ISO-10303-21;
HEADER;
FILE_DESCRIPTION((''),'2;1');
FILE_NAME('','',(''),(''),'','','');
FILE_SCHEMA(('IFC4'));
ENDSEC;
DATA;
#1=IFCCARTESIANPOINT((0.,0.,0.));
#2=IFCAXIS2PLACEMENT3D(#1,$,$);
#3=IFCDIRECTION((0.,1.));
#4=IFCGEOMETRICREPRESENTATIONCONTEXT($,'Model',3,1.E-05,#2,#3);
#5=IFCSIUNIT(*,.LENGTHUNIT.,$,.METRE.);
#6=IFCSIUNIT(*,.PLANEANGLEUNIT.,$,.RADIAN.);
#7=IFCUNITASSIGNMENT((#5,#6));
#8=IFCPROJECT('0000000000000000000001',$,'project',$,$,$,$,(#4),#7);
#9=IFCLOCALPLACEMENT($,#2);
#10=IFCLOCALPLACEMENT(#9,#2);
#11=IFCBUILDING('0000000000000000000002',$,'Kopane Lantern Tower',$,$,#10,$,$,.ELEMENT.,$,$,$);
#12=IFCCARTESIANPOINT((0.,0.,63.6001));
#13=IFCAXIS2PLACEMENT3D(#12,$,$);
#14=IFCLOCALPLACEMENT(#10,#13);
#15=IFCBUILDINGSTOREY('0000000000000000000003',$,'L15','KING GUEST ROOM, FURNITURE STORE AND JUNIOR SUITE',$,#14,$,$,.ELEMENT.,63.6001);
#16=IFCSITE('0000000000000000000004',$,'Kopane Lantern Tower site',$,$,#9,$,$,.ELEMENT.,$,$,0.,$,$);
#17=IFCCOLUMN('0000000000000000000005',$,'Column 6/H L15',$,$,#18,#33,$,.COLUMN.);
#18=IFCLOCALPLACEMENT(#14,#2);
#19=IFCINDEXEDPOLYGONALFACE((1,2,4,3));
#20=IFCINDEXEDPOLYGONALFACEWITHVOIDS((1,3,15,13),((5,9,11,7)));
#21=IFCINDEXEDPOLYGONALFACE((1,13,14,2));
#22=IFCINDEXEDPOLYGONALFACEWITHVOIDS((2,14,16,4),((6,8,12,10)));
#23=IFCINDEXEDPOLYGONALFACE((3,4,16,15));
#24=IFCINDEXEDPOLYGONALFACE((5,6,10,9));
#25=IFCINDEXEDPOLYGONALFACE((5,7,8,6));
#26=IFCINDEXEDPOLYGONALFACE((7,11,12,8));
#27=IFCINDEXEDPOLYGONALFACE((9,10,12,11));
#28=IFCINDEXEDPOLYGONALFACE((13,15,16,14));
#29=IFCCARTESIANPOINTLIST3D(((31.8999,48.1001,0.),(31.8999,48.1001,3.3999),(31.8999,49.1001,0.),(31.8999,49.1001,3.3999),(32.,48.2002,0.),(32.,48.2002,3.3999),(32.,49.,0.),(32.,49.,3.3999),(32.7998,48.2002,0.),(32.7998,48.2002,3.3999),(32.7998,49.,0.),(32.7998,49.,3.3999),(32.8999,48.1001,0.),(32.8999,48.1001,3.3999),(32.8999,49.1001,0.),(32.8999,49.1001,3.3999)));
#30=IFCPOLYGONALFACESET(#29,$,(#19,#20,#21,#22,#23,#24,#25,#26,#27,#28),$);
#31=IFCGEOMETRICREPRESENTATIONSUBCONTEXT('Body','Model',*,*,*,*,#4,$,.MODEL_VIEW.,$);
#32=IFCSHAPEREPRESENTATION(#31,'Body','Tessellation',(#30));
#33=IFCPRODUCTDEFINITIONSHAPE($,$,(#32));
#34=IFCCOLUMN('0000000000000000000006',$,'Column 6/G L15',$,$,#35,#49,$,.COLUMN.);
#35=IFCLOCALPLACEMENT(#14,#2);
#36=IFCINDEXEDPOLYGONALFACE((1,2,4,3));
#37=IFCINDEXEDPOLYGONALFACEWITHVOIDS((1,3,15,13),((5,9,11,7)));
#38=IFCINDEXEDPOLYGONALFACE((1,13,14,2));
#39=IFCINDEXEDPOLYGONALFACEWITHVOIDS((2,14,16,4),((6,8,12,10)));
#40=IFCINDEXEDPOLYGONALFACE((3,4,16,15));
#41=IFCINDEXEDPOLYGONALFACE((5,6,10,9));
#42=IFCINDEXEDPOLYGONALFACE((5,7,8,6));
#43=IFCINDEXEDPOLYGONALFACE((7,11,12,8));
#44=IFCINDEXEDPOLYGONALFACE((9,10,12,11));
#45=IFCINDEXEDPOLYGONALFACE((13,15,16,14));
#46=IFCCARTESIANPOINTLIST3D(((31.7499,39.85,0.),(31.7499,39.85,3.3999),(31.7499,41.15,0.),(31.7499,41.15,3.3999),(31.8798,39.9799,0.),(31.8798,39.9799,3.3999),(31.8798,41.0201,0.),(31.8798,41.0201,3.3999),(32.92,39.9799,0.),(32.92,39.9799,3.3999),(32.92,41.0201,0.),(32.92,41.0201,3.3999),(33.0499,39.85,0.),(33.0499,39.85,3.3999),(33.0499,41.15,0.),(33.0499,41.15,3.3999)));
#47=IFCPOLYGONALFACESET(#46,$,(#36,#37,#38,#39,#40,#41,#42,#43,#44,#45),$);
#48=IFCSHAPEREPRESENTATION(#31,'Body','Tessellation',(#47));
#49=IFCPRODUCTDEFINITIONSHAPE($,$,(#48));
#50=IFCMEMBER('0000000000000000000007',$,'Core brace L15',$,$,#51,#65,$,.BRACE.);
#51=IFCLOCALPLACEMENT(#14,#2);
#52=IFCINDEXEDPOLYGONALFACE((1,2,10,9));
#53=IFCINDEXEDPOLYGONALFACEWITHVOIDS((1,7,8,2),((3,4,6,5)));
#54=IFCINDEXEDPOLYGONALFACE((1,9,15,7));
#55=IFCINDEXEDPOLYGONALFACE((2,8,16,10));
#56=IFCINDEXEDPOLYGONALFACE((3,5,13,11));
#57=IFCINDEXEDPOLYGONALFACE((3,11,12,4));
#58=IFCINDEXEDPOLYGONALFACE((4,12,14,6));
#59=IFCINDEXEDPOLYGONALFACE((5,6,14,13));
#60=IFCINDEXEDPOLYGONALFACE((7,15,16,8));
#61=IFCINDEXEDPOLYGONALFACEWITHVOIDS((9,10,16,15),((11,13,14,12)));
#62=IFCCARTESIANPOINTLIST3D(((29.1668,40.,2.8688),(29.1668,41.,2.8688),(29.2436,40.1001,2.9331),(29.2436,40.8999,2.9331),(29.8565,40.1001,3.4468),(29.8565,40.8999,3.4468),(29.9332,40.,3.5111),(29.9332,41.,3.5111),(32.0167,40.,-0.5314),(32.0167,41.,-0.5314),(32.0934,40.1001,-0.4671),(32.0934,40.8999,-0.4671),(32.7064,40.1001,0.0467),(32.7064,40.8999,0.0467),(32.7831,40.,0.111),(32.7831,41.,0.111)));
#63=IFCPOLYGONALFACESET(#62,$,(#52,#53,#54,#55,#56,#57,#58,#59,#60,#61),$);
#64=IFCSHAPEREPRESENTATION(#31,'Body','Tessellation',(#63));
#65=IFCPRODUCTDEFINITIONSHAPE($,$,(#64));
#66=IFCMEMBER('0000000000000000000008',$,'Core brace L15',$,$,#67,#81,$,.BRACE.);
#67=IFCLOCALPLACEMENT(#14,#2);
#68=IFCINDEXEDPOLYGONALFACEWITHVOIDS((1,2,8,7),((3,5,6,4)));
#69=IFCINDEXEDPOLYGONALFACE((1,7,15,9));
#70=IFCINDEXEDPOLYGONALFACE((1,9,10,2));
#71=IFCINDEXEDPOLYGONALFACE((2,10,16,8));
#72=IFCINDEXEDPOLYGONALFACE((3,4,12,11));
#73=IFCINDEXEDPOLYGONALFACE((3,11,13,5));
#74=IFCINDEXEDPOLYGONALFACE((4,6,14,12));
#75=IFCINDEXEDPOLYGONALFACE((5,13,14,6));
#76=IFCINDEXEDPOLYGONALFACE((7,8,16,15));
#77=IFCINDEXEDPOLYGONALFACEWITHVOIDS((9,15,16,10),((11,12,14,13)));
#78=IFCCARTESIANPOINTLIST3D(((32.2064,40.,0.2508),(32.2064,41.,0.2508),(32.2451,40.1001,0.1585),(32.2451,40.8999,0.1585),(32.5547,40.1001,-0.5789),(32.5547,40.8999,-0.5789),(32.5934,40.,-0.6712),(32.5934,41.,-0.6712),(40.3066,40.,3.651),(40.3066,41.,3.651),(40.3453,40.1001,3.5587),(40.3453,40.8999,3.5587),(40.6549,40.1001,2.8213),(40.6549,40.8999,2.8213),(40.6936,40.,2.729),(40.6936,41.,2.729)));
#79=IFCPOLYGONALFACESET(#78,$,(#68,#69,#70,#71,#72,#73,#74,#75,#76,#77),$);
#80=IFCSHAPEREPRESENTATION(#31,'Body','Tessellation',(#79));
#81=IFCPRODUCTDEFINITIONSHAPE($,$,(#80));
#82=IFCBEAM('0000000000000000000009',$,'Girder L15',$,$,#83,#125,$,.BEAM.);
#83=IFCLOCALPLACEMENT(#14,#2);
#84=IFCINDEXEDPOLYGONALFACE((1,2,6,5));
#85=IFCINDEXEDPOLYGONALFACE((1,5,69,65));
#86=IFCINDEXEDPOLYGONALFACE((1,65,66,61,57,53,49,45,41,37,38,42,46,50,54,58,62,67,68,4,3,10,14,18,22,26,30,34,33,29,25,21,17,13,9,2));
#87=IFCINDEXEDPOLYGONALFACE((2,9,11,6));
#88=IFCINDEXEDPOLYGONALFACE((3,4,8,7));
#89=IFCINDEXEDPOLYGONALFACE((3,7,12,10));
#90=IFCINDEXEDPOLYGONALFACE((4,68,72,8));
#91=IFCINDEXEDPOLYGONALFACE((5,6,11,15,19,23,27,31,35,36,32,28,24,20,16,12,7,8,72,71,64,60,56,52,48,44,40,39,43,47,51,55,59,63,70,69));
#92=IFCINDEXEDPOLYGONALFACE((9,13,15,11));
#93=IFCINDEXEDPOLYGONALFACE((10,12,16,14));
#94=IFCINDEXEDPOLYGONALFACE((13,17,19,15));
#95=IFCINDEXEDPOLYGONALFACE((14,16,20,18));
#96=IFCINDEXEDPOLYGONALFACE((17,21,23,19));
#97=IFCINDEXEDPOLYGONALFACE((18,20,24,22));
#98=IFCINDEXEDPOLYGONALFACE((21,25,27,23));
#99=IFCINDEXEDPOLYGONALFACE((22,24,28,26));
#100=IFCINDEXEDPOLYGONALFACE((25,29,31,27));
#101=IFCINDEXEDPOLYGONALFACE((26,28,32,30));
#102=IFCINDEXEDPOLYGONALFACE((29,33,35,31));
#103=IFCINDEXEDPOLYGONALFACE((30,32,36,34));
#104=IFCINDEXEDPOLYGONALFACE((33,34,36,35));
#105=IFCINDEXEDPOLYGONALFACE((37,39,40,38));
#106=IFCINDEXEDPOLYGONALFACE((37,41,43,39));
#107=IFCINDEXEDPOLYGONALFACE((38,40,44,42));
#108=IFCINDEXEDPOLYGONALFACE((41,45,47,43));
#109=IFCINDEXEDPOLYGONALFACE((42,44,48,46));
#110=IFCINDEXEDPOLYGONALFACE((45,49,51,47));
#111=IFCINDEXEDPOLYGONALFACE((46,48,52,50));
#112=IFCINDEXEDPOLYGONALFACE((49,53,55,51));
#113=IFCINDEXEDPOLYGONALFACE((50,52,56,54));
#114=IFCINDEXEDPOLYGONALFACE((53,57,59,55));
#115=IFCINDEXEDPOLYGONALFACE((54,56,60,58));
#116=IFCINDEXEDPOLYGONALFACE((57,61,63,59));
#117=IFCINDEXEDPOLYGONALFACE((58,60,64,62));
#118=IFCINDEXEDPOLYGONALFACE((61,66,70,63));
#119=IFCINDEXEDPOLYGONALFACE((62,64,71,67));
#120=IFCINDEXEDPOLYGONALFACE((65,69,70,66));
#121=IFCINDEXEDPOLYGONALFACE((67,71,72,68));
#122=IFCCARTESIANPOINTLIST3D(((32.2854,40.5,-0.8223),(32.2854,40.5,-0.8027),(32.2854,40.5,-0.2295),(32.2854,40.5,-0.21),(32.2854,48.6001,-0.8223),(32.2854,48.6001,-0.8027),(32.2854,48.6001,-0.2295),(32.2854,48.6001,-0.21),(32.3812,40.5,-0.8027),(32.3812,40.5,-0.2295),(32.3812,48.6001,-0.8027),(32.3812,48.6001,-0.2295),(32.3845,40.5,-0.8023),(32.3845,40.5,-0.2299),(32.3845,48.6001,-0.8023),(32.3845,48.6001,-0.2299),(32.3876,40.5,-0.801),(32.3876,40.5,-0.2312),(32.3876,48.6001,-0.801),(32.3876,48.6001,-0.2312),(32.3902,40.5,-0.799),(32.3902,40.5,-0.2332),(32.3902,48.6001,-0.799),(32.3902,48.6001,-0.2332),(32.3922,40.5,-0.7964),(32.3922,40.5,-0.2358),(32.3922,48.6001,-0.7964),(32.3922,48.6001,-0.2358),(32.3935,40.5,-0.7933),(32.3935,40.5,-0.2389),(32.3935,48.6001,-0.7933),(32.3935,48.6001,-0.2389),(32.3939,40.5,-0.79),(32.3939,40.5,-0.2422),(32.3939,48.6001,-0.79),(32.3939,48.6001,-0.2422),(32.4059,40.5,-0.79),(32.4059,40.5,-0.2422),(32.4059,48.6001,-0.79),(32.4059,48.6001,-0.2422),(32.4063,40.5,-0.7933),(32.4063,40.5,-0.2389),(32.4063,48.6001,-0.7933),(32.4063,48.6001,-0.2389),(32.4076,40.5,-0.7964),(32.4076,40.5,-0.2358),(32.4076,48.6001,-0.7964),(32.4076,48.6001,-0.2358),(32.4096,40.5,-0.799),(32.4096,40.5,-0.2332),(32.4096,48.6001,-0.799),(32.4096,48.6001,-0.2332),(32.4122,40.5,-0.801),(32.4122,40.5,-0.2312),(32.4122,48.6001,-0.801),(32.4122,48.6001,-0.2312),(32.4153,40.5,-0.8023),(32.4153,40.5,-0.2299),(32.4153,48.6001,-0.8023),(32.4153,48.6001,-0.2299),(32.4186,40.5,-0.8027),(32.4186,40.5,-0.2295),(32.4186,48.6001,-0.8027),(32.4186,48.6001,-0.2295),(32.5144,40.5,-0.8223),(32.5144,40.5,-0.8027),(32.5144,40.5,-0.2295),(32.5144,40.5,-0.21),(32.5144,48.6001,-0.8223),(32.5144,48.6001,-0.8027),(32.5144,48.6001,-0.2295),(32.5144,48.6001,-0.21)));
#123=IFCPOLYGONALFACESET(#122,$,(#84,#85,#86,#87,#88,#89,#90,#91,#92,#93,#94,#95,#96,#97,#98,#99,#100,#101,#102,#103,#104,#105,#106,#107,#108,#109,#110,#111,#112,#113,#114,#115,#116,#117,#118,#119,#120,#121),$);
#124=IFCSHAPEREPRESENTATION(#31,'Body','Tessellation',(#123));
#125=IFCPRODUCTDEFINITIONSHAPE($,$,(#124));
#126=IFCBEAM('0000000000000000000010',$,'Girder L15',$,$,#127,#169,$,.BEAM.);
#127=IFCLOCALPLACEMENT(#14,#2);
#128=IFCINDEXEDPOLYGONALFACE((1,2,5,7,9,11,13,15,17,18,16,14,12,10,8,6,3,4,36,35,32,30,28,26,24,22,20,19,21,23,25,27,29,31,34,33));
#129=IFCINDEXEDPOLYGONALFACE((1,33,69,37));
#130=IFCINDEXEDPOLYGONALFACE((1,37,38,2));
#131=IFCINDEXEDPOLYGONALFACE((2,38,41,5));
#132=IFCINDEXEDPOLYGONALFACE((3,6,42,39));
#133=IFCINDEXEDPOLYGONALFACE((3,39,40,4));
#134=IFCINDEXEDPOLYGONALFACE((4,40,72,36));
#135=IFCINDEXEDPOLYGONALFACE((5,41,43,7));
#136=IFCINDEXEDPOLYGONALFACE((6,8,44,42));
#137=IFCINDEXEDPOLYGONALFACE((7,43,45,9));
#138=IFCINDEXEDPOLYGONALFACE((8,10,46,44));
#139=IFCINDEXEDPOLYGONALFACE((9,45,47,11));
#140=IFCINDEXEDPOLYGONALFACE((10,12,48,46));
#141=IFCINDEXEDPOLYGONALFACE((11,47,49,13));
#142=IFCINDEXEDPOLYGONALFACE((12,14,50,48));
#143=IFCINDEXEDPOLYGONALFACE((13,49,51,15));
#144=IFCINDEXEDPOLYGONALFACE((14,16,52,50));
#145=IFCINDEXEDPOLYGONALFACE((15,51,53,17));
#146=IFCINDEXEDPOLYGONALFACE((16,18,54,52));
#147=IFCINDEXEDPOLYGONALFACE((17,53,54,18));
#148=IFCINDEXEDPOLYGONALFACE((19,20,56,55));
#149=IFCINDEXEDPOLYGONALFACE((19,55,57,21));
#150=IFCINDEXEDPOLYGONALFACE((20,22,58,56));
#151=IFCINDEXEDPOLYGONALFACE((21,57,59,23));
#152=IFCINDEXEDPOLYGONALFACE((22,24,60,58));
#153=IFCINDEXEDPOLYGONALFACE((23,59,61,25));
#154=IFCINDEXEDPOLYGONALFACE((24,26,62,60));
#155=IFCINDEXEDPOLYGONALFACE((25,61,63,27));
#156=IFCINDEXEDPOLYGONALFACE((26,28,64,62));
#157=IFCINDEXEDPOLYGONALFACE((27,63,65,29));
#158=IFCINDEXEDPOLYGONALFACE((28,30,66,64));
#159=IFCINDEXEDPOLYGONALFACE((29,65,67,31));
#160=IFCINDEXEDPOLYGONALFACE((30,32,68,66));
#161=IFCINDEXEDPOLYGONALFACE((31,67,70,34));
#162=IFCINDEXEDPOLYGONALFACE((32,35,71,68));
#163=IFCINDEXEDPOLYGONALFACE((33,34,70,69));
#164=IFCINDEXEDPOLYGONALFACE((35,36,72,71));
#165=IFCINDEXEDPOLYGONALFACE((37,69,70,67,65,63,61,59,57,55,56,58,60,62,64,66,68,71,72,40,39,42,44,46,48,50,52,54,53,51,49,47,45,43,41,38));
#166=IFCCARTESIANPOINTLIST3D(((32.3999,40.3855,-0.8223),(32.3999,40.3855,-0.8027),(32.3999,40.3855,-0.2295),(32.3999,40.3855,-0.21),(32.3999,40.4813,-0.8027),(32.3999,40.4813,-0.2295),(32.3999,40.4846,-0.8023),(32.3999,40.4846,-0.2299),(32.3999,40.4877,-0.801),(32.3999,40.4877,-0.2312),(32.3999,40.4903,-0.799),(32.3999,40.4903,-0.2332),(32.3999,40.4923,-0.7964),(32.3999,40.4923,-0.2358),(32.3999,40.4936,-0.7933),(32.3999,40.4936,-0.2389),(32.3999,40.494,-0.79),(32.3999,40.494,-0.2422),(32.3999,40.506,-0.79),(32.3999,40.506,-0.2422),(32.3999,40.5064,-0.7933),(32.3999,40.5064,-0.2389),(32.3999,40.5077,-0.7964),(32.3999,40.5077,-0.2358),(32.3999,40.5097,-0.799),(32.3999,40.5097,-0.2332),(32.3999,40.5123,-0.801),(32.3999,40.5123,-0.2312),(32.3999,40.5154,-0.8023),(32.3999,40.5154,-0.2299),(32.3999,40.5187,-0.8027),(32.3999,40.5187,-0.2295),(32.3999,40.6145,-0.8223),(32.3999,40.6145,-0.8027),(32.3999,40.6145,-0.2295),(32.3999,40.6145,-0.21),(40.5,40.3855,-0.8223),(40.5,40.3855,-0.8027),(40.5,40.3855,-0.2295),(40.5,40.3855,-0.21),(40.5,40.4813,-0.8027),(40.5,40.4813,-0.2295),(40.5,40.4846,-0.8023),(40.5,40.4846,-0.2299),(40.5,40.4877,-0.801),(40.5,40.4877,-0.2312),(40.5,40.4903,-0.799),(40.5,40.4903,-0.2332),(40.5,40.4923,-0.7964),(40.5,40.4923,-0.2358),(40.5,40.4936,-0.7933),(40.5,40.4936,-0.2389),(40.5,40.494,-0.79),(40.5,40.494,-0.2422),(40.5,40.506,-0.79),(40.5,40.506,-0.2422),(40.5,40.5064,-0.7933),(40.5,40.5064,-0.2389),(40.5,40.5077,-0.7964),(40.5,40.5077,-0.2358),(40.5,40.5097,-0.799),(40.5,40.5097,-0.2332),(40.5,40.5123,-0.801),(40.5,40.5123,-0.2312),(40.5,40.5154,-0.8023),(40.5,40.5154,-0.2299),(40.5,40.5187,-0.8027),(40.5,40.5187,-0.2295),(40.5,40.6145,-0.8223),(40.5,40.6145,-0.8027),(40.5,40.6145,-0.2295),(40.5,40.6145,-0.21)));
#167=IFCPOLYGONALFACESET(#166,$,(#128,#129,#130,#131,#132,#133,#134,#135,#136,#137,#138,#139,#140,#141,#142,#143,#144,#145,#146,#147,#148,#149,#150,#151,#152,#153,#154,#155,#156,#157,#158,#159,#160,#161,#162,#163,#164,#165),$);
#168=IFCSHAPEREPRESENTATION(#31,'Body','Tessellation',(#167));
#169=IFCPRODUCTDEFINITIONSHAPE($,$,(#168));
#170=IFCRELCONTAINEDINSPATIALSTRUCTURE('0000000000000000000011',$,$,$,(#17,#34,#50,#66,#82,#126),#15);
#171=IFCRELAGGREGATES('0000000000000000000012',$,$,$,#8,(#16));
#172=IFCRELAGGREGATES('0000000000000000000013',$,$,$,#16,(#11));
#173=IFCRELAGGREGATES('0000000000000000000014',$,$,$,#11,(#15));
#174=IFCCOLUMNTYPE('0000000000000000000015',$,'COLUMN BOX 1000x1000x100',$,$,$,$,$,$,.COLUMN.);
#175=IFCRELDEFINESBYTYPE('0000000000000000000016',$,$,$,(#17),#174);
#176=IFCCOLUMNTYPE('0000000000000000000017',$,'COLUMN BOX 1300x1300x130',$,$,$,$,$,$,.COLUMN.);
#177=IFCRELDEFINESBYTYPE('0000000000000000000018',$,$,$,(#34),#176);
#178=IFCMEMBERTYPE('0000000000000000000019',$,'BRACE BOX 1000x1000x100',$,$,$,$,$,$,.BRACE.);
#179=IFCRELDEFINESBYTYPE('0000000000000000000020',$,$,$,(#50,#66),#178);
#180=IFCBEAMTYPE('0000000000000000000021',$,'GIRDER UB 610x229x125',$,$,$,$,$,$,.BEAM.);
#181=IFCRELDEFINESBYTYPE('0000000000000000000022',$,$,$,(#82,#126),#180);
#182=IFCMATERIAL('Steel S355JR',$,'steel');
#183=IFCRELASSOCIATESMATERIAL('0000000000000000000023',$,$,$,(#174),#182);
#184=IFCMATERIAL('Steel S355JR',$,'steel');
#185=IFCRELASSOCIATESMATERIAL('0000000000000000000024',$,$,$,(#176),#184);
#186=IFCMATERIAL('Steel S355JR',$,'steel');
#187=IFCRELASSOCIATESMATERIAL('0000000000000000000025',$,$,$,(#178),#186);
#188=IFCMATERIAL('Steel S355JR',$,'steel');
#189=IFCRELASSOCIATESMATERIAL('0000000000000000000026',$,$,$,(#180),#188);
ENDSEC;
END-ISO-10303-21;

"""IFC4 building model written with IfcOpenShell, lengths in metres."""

from ifc_helpers import new_model, si_unit, direction, frame, origin, origin_2d, place, context, subcontext, project, spatial, hollow_rectangle, i_section, extrude, material, material_profile, profile_set, type_object, element, save


model = new_model("IFC4")

# Units and contexts
model_context = context("Model", 3, precision=1e-05, world=origin(), true_north=direction((0.0, 1.0)))
body_context = subcontext(model_context, "Body", "Model", "MODEL_VIEW")
ifc_project = project(units=[si_unit("LENGTHUNIT", "METRE"), si_unit("PLANEANGLEUNIT", "RADIAN")], contexts=[model_context])

# Site, building, storey
site_placement = place(None, origin())
site = spatial("IfcSite", under=ifc_project, at=site_placement, Name="Kopane Lantern Tower site", CompositionType="ELEMENT", RefElevation=0.0)
building_placement = place(site_placement, origin())
building = spatial("IfcBuilding", under=site, at=building_placement, Name="Kopane Lantern Tower", CompositionType="ELEMENT")
storey_placement = place(building_placement, frame((0.0, 0.0, 63.6001)))
storey = spatial("IfcBuildingStorey", under=building, at=storey_placement, Name="L15", Description="KING GUEST ROOM, FURNITURE STORE AND JUNIOR SUITE", CompositionType="ELEMENT", Elevation=63.6001)

# Columns
ifc_material_1 = material(Name="Steel S355JR", Category="steel")
ifc_material_profile_1 = material_profile(ifc_material_1, hollow_rectangle(XDim=1.0, YDim=1.0, WallThickness=0.1001, at=origin_2d()), Name="BOX 1000x1000x100")
ifc_profile_set_1 = profile_set([ifc_material_profile_1], Name="Steel S355JR")
column_type_1 = type_object("IfcColumnType", Name="COLUMN BOX 1000x1000x100", PredefinedType="COLUMN", material=ifc_profile_set_1)
column_1_placement = place(storey_placement, frame((32.3999, 48.6001, 0.0), z_axis=(0.0, 0.0, 1.0), x_axis=(1.0, 0.0, 0.0)))
element("IfcColumn", 1, at=column_1_placement, inside=storey, type_object=column_type_1, Name="Column 6/H L15", PredefinedType="COLUMN", context=body_context, shape_type="SweptSolid", body=[
    extrude(hollow_rectangle(XDim=1.0, YDim=1.0, WallThickness=0.1001, at=origin_2d()), origin(), (0.0, 0.0, 1.0), 3.3999),
])
ifc_material_2 = material(Name="Steel S355JR", Category="steel")
ifc_material_profile_2 = material_profile(ifc_material_2, hollow_rectangle(XDim=1.3, YDim=1.3, WallThickness=0.1299, at=origin_2d()), Name="BOX 1300x1300x130")
ifc_profile_set_2 = profile_set([ifc_material_profile_2], Name="Steel S355JR")
column_type_2 = type_object("IfcColumnType", Name="COLUMN BOX 1300x1300x130", PredefinedType="COLUMN", material=ifc_profile_set_2)
column_2_placement = place(storey_placement, frame((32.3999, 40.5, 0.0), z_axis=(0.0, 0.0, 1.0), x_axis=(1.0, 0.0, 0.0)))
element("IfcColumn", 2, at=column_2_placement, inside=storey, type_object=column_type_2, Name="Column 6/G L15", PredefinedType="COLUMN", context=body_context, shape_type="SweptSolid", body=[
    extrude(hollow_rectangle(XDim=1.3, YDim=1.3, WallThickness=0.1299, at=origin_2d()), origin(), (0.0, 0.0, 1.0), 3.3999),
])

# Members
ifc_material_3 = material(Name="Steel S355JR", Category="steel")
ifc_material_profile_3 = material_profile(ifc_material_3, hollow_rectangle(XDim=1.0, YDim=1.0, WallThickness=0.1001, at=origin_2d()), Name="BOX 1000x1000x100")
ifc_profile_set_3 = profile_set([ifc_material_profile_3], Name="Steel S355JR")
member_type = type_object("IfcMemberType", Name="BRACE BOX 1000x1000x100", PredefinedType="BRACE", material=ifc_profile_set_3)
member_1_placement = place(storey_placement, frame((32.3999, 40.5, -0.2102), z_axis=(-0.642363, 0.0, 0.7664), x_axis=(0.0, -1.0, 0.0)))
element("IfcMember", 3, at=member_1_placement, inside=storey, type_object=member_type, Name="Core brace L15", PredefinedType="BRACE", context=body_context, shape_type="SweptSolid", body=[
    extrude(hollow_rectangle(XDim=1.0, YDim=1.0, WallThickness=0.1001, at=origin_2d()), origin(), (0.0, 0.0, 1.0), 4.4365),
])
member_2_placement = place(storey_placement, frame((32.3999, 40.5, -0.2102), z_axis=(0.922059, 0.0, 0.387049), x_axis=(0.0, 1.0, 0.0)))
element("IfcMember", 4, at=member_2_placement, inside=storey, type_object=member_type, Name="Core brace L15", PredefinedType="BRACE", context=body_context, shape_type="SweptSolid", body=[
    extrude(hollow_rectangle(XDim=1.0, YDim=1.0, WallThickness=0.1001, at=origin_2d()), origin(), (0.0, 0.0, 1.0), 8.7849),
])

# Beams
ifc_material_4 = material(Name="Steel S355JR", Category="steel")
ifc_material_profile_4 = material_profile(ifc_material_4, i_section(OverallWidth=0.229, OverallDepth=0.6123, WebThickness=0.012, FlangeThickness=0.0195, FilletRadius=0.0127, at=origin_2d()), Name="UB 610x229x125")
ifc_profile_set_4 = profile_set([ifc_material_profile_4], Name="Steel S355JR")
beam_type = type_object("IfcBeamType", Name="GIRDER UB 610x229x125", PredefinedType="BEAM", material=ifc_profile_set_4)
for number, where, z_axis, x_axis, name in (
    (5, (32.3999, 40.5, -0.5161), (0.0, 1.0, 0.0), (-1.0, 0.0, 0.0), "Girder L15"),
    (6, (32.3999, 40.5, -0.5161), (1.0, 0.0, 0.0), (0.0, 1.0, 0.0), "Girder L15"),
):
    element("IfcBeam", number, at=place(storey_placement, frame(where, z_axis=z_axis, x_axis=x_axis)), inside=storey, type_object=beam_type, Name=name, PredefinedType="BEAM", context=body_context, shape_type="SweptSolid", body=[
        extrude(i_section(OverallWidth=0.229, OverallDepth=0.6123, WebThickness=0.012, FlangeThickness=0.0195, FilletRadius=0.0127, at=origin_2d()), origin(), (0.0, 0.0, 1.0), 8.1001),
    ])

save(model, "model.ifc")
